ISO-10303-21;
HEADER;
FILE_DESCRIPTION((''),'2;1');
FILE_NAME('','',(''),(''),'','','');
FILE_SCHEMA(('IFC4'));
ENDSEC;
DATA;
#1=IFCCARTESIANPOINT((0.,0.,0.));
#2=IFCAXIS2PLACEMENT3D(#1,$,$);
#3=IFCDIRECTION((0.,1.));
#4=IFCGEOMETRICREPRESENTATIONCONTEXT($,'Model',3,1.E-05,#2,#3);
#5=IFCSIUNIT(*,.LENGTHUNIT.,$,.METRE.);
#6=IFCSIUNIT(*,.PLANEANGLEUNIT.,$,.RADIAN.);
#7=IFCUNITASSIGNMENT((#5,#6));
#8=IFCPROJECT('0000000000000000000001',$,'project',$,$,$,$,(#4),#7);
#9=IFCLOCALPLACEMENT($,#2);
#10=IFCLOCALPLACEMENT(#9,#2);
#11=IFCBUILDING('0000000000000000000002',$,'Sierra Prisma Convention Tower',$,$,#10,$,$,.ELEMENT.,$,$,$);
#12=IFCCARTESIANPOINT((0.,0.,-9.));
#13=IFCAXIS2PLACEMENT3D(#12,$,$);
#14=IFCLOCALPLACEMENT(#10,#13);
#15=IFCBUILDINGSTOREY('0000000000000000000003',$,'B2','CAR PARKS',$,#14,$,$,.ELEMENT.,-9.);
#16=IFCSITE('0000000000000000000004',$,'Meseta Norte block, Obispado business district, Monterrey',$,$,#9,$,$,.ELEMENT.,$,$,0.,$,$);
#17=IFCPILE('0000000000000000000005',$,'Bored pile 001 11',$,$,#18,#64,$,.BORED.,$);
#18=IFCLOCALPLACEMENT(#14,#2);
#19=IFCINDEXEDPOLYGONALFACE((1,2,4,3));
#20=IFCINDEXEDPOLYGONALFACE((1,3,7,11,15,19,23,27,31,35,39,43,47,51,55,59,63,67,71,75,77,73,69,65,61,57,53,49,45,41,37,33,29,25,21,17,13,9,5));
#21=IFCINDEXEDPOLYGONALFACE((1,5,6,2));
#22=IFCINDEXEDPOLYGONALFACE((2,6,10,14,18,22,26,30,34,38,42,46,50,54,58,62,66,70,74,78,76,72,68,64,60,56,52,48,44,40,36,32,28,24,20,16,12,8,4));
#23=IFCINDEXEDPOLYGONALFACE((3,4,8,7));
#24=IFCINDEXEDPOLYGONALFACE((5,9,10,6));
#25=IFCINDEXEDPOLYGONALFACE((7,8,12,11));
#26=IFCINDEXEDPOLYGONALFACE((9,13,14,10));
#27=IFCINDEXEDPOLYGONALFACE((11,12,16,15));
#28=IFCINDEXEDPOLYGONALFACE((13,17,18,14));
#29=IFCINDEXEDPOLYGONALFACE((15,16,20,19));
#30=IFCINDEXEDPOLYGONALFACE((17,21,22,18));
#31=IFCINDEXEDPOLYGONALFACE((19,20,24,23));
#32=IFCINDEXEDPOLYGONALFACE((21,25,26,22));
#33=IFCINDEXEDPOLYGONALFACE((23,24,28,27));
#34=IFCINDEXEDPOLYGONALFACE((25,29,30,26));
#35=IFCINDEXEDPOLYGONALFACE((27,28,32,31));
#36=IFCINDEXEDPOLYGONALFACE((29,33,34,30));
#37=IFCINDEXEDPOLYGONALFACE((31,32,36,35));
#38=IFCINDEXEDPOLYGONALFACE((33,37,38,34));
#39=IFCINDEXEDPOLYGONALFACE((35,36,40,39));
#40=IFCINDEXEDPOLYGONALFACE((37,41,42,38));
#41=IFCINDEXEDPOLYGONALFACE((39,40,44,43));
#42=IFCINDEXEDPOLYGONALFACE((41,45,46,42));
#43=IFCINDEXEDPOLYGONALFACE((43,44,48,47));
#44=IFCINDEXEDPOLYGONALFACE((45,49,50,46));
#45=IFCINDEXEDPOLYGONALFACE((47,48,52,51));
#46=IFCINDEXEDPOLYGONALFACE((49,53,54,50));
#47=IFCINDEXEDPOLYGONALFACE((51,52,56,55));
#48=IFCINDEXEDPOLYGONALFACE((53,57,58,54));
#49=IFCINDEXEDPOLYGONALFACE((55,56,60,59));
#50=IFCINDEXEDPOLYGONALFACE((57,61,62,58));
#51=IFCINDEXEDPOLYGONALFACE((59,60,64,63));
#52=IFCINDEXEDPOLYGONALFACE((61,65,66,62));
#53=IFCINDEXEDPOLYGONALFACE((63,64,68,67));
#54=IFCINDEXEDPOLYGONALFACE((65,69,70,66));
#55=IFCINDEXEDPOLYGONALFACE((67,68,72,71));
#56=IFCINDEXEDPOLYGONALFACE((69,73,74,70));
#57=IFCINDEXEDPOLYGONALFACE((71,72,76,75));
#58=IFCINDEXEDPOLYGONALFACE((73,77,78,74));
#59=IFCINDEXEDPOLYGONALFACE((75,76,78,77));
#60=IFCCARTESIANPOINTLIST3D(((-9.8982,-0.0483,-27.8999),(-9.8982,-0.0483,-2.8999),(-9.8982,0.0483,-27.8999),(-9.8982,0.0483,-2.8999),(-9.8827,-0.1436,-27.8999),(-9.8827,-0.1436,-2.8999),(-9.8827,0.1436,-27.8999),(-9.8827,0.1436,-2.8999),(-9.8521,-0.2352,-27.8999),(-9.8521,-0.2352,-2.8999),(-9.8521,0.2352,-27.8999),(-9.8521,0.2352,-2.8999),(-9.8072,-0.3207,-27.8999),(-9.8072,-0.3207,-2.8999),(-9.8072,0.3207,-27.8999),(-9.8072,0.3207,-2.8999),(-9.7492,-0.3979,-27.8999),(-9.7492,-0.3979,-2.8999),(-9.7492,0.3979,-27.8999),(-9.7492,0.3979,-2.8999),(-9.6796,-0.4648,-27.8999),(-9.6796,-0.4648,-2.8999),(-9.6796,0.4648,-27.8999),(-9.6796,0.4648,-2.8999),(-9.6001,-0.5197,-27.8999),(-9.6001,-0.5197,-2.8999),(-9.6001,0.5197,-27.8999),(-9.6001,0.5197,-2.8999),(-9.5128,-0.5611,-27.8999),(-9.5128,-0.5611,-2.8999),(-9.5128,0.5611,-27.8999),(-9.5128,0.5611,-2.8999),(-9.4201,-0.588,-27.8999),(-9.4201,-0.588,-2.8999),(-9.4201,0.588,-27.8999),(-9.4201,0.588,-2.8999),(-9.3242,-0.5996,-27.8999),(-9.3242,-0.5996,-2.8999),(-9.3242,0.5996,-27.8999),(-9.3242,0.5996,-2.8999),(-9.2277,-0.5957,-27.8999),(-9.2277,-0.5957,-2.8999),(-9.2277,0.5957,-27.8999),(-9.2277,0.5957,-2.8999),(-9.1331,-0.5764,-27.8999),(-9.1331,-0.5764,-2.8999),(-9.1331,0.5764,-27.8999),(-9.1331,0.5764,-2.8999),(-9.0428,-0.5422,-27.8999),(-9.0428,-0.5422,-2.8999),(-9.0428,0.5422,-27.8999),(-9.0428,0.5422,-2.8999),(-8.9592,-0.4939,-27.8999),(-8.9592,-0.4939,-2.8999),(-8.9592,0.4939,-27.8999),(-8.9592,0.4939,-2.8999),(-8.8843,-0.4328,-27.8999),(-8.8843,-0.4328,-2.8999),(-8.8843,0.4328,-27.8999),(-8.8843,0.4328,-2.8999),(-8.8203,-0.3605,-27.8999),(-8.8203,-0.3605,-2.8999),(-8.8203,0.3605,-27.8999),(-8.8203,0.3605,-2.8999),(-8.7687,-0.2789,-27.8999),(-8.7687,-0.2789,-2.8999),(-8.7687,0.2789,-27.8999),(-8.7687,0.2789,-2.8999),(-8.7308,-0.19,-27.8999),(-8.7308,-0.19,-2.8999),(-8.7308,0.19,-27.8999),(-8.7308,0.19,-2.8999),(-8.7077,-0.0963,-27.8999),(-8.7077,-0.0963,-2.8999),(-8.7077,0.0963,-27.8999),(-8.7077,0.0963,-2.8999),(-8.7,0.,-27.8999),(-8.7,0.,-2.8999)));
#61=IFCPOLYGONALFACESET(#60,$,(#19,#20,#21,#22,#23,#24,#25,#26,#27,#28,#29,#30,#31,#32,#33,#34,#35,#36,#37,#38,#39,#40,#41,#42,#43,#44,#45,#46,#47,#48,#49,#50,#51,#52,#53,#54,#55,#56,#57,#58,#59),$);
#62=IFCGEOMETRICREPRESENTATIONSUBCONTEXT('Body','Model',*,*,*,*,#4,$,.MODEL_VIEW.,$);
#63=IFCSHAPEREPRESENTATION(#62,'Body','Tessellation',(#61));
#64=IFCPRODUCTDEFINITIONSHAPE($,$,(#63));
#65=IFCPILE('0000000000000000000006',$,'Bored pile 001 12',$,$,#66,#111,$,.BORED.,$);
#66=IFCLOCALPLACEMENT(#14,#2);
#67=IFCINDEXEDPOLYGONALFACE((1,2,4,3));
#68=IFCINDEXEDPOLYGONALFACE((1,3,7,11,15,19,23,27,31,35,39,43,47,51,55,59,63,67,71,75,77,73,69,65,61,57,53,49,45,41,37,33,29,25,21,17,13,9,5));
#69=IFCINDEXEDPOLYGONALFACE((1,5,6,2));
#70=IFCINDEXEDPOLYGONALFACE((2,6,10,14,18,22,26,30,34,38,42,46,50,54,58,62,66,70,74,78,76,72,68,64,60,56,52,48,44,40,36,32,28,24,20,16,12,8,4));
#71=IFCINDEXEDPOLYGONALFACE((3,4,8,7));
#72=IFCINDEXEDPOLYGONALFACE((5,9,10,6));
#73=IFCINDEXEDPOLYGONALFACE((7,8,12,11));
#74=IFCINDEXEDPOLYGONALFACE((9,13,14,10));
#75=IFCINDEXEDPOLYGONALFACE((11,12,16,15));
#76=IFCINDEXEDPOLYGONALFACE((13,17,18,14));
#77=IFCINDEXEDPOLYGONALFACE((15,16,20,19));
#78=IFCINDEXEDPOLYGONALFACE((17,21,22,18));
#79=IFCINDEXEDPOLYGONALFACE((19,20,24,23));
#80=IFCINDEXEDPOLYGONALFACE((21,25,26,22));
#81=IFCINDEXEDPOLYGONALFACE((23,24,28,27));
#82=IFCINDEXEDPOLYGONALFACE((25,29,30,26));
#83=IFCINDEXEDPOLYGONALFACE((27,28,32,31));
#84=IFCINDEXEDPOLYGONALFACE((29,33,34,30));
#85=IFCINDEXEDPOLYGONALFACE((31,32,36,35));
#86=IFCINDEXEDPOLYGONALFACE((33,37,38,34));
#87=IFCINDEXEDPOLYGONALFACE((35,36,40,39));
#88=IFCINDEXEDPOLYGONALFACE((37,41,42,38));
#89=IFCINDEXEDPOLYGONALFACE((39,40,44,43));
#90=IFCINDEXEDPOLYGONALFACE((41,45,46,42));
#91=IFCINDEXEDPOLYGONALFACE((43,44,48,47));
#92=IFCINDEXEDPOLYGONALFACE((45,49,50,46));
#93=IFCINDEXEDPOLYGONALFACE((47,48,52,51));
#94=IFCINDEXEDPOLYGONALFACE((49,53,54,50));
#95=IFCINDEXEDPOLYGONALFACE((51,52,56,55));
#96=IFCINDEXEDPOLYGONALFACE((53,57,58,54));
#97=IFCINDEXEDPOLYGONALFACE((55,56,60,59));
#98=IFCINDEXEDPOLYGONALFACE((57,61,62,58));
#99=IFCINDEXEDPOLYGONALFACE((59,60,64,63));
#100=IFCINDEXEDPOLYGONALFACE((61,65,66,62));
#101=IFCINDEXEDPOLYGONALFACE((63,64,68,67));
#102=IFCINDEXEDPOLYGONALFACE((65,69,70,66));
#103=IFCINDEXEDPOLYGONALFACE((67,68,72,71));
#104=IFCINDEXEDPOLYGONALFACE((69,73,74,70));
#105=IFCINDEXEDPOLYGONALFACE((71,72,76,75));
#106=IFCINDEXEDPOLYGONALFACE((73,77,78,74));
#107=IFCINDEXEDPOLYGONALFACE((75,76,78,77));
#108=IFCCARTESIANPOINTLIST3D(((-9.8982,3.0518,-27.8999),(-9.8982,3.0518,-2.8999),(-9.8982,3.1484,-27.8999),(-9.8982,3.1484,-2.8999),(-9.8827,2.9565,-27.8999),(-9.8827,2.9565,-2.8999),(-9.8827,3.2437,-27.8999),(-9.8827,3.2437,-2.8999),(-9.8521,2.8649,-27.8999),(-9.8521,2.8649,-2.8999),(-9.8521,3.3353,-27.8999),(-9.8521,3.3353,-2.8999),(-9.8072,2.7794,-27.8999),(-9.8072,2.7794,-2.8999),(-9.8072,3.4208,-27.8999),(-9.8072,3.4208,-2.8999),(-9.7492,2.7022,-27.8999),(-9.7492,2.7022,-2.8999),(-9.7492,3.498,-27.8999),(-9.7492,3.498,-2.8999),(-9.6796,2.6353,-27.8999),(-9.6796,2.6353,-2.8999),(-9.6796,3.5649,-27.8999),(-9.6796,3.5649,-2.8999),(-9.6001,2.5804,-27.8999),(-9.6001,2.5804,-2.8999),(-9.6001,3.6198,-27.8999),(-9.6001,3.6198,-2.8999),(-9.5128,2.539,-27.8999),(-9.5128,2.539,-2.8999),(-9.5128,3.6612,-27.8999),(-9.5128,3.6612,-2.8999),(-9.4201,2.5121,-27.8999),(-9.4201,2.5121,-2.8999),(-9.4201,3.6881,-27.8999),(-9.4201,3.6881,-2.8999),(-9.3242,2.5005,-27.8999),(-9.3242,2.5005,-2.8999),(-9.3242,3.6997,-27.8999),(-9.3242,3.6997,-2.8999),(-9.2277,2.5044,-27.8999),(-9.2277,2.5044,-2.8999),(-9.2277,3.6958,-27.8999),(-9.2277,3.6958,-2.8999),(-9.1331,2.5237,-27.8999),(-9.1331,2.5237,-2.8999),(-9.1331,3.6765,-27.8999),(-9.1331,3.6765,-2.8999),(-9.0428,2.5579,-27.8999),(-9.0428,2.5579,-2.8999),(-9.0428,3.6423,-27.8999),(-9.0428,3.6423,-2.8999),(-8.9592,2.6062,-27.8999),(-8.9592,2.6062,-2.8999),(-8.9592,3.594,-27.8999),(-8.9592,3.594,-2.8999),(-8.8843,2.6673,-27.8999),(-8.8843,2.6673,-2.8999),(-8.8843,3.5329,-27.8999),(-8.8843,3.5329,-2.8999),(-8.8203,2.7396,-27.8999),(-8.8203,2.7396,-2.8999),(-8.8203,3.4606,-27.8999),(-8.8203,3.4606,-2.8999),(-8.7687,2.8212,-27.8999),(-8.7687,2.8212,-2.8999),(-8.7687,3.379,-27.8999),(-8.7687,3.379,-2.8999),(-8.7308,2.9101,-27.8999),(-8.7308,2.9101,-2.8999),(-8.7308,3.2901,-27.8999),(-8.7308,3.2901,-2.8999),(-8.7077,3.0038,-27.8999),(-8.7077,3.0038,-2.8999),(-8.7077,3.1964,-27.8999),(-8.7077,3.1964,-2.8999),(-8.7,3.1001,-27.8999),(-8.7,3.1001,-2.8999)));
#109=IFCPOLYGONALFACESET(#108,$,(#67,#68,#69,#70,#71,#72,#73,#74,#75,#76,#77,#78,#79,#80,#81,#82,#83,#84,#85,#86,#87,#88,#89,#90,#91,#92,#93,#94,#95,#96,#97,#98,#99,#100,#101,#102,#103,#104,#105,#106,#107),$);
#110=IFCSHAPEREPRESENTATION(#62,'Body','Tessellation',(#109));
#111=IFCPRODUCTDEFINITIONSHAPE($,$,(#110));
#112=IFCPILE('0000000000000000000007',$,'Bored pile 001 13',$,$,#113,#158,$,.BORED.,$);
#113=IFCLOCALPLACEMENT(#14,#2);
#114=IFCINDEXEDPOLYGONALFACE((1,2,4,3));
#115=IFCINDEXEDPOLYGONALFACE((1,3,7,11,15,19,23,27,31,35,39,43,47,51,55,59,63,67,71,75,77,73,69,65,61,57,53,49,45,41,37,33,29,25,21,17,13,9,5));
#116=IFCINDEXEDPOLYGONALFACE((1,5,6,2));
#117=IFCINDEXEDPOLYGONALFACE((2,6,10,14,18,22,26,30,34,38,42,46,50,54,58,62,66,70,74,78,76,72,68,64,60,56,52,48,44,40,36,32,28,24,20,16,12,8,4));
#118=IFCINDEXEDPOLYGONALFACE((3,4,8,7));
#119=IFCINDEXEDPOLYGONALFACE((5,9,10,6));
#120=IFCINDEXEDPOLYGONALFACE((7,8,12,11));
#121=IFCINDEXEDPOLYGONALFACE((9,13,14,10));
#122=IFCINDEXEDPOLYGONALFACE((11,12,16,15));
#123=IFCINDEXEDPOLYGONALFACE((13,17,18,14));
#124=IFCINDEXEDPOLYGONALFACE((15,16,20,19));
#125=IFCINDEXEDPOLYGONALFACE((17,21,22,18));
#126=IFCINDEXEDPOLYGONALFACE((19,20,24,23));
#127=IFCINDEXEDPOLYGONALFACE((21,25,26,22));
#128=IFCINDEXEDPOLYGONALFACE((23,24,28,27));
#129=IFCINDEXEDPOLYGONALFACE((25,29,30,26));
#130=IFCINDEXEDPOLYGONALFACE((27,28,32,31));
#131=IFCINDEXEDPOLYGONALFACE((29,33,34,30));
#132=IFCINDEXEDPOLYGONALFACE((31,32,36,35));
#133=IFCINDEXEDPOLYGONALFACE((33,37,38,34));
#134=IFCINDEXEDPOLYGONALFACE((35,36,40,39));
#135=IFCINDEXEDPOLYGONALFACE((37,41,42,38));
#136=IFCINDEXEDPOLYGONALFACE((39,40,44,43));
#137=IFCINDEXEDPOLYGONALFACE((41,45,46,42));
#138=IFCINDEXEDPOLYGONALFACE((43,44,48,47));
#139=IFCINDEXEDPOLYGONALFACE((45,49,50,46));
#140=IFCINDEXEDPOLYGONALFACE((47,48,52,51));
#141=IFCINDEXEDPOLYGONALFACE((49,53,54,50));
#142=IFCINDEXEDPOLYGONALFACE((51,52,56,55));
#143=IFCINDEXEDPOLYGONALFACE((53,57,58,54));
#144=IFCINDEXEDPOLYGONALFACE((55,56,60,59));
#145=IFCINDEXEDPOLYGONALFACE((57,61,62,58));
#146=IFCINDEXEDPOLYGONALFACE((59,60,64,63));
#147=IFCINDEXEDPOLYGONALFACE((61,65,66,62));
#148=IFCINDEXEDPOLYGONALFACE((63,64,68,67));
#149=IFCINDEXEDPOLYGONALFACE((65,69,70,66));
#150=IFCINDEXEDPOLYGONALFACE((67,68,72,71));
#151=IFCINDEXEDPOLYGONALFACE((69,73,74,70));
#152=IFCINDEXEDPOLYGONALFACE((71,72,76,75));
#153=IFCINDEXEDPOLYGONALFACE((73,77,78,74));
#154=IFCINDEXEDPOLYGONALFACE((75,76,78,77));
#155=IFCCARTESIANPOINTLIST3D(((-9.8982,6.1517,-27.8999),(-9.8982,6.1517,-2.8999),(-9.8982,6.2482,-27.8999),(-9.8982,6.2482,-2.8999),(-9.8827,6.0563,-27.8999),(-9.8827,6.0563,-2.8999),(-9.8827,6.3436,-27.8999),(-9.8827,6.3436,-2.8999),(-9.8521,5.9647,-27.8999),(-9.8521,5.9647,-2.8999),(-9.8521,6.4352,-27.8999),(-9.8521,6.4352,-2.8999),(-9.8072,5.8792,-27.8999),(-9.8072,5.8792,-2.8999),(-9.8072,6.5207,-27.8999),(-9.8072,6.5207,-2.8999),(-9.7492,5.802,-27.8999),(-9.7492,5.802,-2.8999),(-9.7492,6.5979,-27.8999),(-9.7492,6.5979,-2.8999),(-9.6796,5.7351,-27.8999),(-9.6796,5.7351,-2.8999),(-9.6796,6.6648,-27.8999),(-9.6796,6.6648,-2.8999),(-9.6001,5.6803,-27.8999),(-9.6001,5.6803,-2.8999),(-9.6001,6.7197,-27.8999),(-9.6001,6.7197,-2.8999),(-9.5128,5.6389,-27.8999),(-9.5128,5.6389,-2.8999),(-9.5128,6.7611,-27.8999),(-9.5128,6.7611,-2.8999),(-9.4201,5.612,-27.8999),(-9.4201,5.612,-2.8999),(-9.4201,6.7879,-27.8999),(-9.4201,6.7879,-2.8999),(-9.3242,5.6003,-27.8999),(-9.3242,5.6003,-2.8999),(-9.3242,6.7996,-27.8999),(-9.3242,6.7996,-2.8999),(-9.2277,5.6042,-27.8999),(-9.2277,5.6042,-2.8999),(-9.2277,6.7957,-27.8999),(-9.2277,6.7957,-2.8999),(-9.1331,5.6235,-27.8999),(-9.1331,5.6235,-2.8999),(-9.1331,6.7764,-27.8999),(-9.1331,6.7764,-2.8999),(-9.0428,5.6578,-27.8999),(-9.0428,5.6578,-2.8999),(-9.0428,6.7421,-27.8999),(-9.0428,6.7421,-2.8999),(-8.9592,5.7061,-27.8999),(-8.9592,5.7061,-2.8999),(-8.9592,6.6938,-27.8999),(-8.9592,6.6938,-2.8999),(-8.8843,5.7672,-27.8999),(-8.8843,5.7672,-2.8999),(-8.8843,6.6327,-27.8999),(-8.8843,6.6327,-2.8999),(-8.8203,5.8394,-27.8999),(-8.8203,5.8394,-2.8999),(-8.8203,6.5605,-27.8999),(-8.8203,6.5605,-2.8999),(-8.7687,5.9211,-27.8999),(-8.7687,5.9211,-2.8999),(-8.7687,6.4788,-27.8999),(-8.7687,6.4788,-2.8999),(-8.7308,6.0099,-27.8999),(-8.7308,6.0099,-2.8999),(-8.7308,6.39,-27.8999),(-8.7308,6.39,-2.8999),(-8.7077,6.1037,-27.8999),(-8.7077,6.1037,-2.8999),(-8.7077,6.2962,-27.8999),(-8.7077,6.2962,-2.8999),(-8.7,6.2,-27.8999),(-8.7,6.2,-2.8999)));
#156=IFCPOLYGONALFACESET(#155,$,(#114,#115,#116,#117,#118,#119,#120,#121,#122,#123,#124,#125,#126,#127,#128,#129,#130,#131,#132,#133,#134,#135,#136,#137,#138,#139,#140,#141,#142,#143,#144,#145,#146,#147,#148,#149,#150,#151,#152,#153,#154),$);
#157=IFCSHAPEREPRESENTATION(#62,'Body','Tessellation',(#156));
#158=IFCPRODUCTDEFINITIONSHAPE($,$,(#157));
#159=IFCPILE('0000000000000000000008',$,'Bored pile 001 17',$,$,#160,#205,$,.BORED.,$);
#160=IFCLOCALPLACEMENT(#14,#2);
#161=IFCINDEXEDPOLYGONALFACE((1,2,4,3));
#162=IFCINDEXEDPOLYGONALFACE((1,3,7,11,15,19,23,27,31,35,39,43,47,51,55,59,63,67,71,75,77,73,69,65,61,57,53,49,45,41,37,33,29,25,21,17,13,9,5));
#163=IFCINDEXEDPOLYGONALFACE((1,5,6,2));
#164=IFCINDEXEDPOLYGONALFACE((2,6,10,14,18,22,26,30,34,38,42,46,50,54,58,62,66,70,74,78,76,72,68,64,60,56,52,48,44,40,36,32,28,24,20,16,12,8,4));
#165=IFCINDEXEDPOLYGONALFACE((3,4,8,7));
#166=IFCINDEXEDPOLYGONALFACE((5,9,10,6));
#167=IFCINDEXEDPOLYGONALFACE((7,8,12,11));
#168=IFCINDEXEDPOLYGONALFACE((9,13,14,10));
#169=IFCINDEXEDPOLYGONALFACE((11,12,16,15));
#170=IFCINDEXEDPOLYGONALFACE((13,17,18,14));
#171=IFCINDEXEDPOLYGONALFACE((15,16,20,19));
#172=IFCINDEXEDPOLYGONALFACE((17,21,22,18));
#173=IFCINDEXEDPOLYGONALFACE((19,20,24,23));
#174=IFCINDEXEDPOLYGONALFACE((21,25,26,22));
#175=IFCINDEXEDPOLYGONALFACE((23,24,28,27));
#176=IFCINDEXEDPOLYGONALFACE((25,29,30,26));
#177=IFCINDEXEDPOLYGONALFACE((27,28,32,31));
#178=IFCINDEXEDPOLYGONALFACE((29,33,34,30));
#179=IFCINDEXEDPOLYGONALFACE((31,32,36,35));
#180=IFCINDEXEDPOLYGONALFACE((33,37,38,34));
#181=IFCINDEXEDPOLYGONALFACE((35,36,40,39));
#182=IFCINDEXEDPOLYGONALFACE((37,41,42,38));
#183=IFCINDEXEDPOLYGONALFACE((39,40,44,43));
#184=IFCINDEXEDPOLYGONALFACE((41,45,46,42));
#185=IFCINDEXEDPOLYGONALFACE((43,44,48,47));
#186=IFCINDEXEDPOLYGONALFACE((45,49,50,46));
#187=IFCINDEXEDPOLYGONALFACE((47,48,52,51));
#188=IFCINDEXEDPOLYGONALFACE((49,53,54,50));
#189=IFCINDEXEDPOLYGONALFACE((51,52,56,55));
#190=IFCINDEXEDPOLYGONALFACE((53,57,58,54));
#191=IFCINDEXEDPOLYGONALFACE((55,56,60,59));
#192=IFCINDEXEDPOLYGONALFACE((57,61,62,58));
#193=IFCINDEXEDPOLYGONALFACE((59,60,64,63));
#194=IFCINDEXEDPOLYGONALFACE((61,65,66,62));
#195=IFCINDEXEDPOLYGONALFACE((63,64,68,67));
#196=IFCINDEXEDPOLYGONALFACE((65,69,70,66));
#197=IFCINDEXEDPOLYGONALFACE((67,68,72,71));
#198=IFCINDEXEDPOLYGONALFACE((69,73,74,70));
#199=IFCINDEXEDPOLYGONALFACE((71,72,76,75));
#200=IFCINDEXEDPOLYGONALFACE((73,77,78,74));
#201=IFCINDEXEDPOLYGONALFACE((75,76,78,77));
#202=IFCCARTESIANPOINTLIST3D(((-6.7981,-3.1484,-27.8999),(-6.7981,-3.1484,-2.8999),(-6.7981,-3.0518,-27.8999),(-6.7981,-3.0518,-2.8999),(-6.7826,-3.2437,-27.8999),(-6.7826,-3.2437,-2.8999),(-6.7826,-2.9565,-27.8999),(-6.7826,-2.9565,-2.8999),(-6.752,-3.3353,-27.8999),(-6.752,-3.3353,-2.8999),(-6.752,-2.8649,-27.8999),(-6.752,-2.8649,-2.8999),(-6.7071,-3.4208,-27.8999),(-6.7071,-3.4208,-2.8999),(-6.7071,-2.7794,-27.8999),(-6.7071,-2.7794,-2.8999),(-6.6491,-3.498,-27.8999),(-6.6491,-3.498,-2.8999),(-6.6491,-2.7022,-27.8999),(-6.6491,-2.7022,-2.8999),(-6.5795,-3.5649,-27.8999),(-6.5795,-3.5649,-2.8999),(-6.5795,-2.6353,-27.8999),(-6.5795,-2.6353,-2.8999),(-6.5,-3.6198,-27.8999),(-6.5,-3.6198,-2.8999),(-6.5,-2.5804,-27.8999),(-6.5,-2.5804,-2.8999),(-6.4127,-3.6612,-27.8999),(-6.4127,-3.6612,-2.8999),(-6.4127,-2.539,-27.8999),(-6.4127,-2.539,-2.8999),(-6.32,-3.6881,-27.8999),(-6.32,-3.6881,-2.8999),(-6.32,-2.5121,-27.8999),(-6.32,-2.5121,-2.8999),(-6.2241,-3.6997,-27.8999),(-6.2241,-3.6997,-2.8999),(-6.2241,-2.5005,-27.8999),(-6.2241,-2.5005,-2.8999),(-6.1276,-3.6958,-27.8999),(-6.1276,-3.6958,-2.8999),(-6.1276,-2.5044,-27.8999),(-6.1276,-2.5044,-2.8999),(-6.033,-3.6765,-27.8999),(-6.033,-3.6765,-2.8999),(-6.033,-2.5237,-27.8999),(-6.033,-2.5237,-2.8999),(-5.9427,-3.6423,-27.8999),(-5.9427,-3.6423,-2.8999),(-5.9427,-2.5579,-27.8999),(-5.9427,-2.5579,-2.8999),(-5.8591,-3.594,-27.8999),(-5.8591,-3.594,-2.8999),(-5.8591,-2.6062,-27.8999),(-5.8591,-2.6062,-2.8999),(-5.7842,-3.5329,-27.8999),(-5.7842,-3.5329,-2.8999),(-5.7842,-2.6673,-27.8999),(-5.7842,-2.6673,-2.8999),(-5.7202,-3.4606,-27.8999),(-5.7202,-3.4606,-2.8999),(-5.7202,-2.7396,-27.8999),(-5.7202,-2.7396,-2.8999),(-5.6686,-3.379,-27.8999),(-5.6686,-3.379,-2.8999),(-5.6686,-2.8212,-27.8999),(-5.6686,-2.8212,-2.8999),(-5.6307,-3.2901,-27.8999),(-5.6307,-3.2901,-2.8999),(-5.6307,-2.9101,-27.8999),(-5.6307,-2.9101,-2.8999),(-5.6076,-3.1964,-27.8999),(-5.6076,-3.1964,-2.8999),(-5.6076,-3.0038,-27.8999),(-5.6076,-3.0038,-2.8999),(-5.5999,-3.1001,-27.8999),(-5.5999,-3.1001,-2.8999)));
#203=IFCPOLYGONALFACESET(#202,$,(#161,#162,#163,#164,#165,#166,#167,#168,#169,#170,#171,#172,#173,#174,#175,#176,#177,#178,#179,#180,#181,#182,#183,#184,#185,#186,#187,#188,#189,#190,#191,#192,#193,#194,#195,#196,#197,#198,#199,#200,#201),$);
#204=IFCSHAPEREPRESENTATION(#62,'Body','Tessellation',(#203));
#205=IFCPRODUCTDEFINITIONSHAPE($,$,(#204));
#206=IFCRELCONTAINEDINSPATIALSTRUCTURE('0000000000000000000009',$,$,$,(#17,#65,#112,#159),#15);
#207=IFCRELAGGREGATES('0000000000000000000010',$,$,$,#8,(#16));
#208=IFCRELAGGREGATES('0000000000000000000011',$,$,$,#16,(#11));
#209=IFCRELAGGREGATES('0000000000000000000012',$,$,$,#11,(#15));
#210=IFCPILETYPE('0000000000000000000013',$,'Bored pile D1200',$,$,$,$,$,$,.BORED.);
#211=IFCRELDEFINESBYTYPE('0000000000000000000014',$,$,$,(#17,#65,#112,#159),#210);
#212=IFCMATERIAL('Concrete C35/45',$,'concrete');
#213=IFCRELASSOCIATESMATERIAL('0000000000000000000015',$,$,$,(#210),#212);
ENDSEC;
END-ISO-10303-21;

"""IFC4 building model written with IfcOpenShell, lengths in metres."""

from ifc_helpers import new_model, si_unit, direction, frame, origin, origin_2d, place, context, subcontext, project, spatial, circle, extrude, material, material_profile, profile_set, type_object, element, save


model = new_model("IFC4")

# Units and contexts
model_context = context("Model", 3, precision=1e-05, world=origin(), true_north=direction((0.0, 1.0)))
body_context = subcontext(model_context, "Body", "Model", "MODEL_VIEW")
ifc_project = project(units=[si_unit("LENGTHUNIT", "METRE"), si_unit("PLANEANGLEUNIT", "RADIAN")], contexts=[model_context])

# Site, building, storey
site_placement = place(None, origin())
site = spatial("IfcSite", under=ifc_project, at=site_placement, Name="Meseta Norte block, Obispado business district, Monterrey", CompositionType="ELEMENT", RefElevation=0.0)
building_placement = place(site_placement, origin())
building = spatial("IfcBuilding", under=site, at=building_placement, Name="Sierra Prisma Convention Tower", CompositionType="ELEMENT")
storey_placement = place(building_placement, frame((0.0, 0.0, -9.0)))
storey = spatial("IfcBuildingStorey", under=building, at=storey_placement, Name="B2", Description="CAR PARKS", CompositionType="ELEMENT", Elevation=-9.0)

# Piles
ifc_material_1 = material(Name="Concrete C35/45", Category="concrete")
ifc_material_profile_1 = material_profile(ifc_material_1, circle(Radius=0.6001, at=origin_2d()), Name="D1200")
ifc_profile_set_1 = profile_set([ifc_material_profile_1], Name="Concrete C35/45")
pile_type_1 = type_object("IfcPileType", Name="Bored pile D1200", PredefinedType="BORED", material=ifc_profile_set_1)
for number, where, z_axis, x_axis, name in (
    (1, (-9.3, 0.0, -2.8999), (0.0, 0.0, -1.0), (1.0, 0.0, 0.0), "Bored pile 001 11"),
    (2, (-9.3, 3.1001, -2.8999), (0.0, 0.0, -1.0), (1.0, 0.0, 0.0), "Bored pile 001 12"),
    (3, (-9.3, 6.2, -2.8999), (0.0, 0.0, -1.0), (1.0, 0.0, 0.0), "Bored pile 001 13"),
    (4, (-6.2, -3.1001, -2.8999), (0.0, 0.0, -1.0), (1.0, 0.0, 0.0), "Bored pile 001 17"),
):
    element("IfcPile", number, at=place(storey_placement, frame(where, z_axis=z_axis, x_axis=x_axis)), inside=storey, type_object=pile_type_1, Name=name, PredefinedType="BORED", context=body_context, shape_type="SweptSolid", body=[
        extrude(circle(Radius=0.6001, at=origin_2d()), origin(), (0.0, 0.0, 1.0), 25.0),
    ])

save(model, "model.ifc")
